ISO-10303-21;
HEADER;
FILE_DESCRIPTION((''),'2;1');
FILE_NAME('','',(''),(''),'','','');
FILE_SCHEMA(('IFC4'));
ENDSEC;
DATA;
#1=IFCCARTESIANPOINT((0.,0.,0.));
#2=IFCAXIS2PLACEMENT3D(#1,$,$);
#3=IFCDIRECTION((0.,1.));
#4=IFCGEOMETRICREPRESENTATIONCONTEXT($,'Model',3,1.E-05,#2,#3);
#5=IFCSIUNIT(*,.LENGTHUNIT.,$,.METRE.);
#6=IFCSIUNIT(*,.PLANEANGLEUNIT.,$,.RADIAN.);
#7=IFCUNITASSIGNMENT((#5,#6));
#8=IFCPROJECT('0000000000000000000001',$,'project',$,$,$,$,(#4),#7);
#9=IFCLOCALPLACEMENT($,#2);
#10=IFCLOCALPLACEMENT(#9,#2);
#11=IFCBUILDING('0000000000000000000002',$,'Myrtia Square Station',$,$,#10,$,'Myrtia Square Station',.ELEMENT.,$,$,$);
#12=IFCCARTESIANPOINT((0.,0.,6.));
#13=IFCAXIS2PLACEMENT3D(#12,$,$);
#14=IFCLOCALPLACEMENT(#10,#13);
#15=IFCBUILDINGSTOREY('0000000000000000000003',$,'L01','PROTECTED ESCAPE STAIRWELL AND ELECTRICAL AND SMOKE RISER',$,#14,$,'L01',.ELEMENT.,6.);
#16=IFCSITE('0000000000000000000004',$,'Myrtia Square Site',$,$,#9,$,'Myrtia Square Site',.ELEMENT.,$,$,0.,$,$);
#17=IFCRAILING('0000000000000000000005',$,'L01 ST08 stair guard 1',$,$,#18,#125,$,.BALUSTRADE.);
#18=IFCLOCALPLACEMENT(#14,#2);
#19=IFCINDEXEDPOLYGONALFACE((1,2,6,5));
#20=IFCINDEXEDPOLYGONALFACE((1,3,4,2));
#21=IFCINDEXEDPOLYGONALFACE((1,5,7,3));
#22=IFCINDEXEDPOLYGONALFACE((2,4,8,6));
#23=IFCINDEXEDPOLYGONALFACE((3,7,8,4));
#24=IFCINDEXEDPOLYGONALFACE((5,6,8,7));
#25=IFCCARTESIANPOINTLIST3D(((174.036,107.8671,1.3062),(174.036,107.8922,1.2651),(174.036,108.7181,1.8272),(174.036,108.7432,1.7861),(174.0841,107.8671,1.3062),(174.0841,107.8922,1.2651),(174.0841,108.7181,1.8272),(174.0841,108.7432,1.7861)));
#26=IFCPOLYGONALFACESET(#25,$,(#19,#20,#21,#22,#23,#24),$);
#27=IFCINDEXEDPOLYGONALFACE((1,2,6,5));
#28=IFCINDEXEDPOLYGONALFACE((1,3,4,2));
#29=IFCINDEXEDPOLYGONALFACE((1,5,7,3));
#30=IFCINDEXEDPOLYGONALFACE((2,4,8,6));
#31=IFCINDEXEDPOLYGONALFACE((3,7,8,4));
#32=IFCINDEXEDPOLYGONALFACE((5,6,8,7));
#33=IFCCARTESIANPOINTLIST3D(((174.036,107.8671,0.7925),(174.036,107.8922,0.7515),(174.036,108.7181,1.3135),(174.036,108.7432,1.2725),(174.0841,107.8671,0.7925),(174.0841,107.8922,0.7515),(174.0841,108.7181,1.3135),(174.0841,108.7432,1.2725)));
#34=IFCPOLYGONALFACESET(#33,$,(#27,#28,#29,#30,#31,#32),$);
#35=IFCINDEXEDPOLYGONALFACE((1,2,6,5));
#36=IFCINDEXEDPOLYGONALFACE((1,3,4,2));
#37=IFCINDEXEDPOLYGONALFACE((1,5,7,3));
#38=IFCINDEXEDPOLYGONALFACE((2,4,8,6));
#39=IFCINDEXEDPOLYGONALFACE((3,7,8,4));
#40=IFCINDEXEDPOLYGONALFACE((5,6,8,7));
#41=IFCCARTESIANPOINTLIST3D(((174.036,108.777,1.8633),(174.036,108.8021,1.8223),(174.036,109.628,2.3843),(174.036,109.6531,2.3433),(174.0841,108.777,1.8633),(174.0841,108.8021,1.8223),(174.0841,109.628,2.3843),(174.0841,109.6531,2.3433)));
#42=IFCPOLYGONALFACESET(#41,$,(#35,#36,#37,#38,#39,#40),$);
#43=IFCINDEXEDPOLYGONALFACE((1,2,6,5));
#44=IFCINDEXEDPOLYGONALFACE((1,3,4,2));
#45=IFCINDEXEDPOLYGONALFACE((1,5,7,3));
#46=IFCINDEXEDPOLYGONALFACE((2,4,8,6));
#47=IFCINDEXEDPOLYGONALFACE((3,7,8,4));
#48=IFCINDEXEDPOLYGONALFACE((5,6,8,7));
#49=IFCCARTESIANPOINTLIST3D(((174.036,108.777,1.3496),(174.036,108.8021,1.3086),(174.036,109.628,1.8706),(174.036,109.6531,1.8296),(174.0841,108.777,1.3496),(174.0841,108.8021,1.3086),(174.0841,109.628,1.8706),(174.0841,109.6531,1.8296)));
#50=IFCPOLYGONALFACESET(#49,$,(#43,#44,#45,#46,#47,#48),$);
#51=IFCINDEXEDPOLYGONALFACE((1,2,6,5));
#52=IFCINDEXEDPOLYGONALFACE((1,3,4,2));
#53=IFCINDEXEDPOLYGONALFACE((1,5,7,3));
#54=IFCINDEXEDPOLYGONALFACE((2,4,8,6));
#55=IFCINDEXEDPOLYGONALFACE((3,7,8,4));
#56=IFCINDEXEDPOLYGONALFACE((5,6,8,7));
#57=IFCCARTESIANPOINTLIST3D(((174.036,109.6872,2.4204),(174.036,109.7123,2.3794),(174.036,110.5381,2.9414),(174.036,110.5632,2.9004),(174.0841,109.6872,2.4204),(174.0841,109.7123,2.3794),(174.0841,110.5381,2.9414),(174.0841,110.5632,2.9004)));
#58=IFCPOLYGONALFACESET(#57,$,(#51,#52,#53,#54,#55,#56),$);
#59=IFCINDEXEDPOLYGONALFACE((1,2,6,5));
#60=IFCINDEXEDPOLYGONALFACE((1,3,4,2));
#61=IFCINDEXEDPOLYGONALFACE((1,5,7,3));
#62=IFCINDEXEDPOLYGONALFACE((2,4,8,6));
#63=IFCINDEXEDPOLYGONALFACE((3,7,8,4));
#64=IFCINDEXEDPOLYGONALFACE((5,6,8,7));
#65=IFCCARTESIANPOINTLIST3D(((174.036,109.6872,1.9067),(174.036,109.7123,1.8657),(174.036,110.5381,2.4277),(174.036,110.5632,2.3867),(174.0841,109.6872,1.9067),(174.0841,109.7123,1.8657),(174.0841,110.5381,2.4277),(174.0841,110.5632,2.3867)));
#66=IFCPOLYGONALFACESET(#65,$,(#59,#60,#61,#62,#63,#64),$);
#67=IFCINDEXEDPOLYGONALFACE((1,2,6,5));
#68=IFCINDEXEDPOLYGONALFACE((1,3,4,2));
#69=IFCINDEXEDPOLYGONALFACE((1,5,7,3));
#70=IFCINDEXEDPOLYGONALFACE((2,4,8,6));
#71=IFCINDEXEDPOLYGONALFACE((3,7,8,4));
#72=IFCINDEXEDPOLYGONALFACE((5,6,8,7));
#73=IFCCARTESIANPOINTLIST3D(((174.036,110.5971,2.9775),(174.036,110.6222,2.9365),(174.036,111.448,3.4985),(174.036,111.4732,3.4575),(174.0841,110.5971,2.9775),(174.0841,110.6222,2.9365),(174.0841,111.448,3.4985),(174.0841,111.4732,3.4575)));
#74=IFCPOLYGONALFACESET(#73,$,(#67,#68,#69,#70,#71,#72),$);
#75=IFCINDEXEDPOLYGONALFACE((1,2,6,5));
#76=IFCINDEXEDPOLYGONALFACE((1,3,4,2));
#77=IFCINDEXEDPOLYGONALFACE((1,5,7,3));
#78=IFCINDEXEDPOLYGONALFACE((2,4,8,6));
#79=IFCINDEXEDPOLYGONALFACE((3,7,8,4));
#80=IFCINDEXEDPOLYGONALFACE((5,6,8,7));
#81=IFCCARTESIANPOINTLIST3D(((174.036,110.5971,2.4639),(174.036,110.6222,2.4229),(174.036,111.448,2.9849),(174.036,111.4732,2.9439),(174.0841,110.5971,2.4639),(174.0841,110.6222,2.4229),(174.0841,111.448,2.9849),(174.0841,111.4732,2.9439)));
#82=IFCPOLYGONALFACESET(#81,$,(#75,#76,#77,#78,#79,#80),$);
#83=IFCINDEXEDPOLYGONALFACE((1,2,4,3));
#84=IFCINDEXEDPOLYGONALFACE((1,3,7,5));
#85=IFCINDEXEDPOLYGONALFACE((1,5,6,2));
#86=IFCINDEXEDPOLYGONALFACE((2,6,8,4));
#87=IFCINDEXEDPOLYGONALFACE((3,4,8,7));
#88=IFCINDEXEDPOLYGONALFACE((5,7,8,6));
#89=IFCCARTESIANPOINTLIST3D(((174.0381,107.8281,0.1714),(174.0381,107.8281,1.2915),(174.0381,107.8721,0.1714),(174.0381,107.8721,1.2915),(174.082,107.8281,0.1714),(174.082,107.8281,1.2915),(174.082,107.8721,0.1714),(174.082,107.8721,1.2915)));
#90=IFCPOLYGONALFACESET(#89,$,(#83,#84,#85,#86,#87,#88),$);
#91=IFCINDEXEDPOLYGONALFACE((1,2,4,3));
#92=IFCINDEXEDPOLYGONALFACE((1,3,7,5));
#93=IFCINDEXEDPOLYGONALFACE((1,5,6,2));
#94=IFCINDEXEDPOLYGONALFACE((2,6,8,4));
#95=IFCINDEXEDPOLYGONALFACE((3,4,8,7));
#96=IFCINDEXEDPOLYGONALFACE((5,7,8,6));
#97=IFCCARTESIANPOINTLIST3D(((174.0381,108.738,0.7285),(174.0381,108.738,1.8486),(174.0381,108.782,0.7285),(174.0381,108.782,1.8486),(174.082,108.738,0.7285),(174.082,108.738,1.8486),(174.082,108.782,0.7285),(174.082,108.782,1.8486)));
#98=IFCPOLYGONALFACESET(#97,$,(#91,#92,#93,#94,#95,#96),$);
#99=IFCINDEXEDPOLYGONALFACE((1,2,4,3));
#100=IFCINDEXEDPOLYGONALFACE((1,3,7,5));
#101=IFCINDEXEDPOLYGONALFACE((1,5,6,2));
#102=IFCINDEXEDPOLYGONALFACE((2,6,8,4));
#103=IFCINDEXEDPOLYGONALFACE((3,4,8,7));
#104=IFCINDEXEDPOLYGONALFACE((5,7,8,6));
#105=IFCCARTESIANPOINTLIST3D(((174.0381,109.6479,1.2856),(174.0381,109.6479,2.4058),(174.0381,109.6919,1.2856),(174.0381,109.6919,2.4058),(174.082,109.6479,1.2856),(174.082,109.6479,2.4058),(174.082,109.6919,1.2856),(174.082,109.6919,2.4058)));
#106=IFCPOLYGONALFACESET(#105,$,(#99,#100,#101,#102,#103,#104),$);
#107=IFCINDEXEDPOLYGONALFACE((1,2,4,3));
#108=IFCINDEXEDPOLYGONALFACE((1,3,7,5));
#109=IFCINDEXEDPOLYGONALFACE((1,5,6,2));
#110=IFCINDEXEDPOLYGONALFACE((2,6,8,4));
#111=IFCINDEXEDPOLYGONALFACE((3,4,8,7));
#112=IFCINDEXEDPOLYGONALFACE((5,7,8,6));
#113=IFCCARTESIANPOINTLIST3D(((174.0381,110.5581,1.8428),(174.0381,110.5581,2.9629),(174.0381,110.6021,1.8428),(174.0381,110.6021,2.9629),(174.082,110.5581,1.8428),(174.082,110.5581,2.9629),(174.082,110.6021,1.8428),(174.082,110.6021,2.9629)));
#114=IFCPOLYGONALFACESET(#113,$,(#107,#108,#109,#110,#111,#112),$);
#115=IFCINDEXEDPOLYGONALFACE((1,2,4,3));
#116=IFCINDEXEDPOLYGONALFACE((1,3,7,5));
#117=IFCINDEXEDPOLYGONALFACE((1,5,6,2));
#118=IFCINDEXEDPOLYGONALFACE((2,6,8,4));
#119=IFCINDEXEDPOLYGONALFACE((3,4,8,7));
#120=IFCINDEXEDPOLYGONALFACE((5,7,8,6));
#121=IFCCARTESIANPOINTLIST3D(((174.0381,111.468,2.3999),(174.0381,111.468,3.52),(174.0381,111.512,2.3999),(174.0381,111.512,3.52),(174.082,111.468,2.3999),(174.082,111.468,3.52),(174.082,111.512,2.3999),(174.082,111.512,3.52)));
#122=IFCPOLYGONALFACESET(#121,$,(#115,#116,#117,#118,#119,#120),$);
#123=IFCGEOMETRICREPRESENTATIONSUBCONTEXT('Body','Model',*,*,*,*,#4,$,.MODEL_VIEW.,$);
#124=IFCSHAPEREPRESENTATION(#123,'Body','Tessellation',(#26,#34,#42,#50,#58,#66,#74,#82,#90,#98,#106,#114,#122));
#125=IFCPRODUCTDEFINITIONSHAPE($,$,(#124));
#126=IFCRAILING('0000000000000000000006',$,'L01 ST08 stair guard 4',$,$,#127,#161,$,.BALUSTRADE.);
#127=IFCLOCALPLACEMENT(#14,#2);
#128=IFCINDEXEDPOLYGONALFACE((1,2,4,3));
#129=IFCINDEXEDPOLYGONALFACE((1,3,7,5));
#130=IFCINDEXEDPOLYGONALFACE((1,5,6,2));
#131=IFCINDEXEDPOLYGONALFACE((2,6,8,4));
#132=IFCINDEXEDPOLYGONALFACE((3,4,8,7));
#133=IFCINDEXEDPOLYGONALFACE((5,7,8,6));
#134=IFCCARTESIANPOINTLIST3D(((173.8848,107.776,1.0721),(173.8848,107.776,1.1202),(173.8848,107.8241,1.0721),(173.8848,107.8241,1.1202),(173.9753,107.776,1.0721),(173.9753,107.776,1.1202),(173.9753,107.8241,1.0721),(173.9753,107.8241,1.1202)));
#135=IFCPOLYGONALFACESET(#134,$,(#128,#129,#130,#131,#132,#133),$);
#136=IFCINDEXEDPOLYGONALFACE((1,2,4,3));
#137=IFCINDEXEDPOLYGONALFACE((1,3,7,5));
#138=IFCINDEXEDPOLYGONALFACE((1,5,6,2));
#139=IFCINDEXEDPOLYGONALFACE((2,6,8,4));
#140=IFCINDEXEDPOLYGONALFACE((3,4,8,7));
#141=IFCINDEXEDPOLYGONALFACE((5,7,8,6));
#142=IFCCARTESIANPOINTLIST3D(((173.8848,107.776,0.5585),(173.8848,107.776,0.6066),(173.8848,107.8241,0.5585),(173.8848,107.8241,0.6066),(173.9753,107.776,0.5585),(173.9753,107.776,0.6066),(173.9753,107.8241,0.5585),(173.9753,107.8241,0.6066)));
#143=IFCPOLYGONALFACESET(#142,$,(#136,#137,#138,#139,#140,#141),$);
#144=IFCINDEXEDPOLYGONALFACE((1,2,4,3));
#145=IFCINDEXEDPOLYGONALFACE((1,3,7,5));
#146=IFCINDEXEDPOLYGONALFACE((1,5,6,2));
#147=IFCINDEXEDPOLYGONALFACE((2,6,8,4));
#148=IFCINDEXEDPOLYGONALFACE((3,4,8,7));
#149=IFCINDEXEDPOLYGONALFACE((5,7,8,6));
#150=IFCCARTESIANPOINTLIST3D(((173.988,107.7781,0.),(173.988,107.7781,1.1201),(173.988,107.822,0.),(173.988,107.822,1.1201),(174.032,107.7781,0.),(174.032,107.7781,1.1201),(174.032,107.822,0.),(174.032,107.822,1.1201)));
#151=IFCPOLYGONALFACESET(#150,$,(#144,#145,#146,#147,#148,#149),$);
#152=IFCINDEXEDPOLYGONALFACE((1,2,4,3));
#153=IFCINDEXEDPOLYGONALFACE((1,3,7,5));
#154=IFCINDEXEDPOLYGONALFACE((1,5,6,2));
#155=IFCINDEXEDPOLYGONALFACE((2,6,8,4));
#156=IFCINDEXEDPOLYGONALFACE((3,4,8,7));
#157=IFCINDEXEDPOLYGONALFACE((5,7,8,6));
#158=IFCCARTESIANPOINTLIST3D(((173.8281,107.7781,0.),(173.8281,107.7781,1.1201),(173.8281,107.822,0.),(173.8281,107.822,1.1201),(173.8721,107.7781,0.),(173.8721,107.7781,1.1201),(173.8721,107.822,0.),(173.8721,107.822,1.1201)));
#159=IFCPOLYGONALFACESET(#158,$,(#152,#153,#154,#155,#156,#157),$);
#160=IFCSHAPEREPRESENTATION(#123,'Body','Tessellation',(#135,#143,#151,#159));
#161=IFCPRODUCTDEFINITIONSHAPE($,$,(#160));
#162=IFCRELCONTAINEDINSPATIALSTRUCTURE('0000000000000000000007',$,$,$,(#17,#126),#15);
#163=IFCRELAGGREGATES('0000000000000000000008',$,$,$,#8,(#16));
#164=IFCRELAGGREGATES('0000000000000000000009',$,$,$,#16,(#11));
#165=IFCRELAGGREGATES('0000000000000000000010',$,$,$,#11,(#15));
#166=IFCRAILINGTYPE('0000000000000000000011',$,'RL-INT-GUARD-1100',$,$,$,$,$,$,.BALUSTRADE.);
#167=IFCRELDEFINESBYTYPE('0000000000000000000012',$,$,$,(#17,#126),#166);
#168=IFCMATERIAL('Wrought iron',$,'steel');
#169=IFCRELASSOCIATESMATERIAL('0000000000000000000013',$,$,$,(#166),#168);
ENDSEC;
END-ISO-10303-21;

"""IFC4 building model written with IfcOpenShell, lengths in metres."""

from ifc_helpers import new_model, si_unit, direction, frame, origin, origin_2d, place, context, subcontext, project, spatial, rectangle, extrude, material, type_object, element, save


model = new_model("IFC4")

# Units and contexts
model_context = context("Model", 3, precision=1e-05, world=origin(), true_north=direction((0.0, 1.0)))
body_context = subcontext(model_context, "Body", "Model", "MODEL_VIEW")
ifc_project = project(units=[si_unit("LENGTHUNIT", "METRE"), si_unit("PLANEANGLEUNIT", "RADIAN")], contexts=[model_context])

# Site, building, storey
site_placement = place(None, origin())
site = spatial("IfcSite", under=ifc_project, at=site_placement, Name="Myrtia Square Site", LongName="Myrtia Square Site", CompositionType="ELEMENT", RefElevation=0.0)
building_placement = place(site_placement, origin())
building = spatial("IfcBuilding", under=site, at=building_placement, Name="Myrtia Square Station", LongName="Myrtia Square Station", CompositionType="ELEMENT")
storey_placement = place(building_placement, frame((0.0, 0.0, 6.0)))
storey = spatial("IfcBuildingStorey", under=building, at=storey_placement, Name="L01", Description="PROTECTED ESCAPE STAIRWELL AND ELECTRICAL AND SMOKE RISER", LongName="L01", CompositionType="ELEMENT", Elevation=6.0)

# Railings
ifc_material_1 = material(Name="Wrought iron", Category="steel")
railing_type_1 = type_object("IfcRailingType", Name="RL-INT-GUARD-1100", PredefinedType="BALUSTRADE", material=ifc_material_1)
railing_1_placement = place(storey_placement, frame((174.0601, 107.8501, 0.1714)))
element("IfcRailing", 1, at=railing_1_placement, inside=storey, type_object=railing_type_1, Name="L01 ST08 stair guard 1", PredefinedType="BALUSTRADE", context=body_context, shape_type="SweptSolid", body=[
    extrude(rectangle(XDim=0.0481, YDim=0.0481, at=origin_2d()), frame((0.0, 0.0295, 1.1143), z_axis=(0.0, 0.85285, 0.522156), x_axis=(-1.0, 0.0, 0.0)), (0.0, 0.0, 1.0), 0.9978),
    extrude(rectangle(XDim=0.0481, YDim=0.0481, at=origin_2d()), frame((0.0, 0.0295, 0.6006), z_axis=(0.0, 0.85285, 0.522156), x_axis=(-1.0, 0.0, 0.0)), (0.0, 0.0, 1.0), 0.9978),
    extrude(rectangle(XDim=0.0481, YDim=0.0481, at=origin_2d()), frame((0.0, 0.9395, 1.6714), z_axis=(0.0, 0.85285, 0.522156), x_axis=(-1.0, 0.0, 0.0)), (0.0, 0.0, 1.0), 0.9978),
    extrude(rectangle(XDim=0.0481, YDim=0.0481, at=origin_2d()), frame((0.0, 0.9395, 1.1577), z_axis=(0.0, 0.85285, 0.522156), x_axis=(-1.0, 0.0, 0.0)), (0.0, 0.0, 1.0), 0.9978),
    extrude(rectangle(XDim=0.0481, YDim=0.0481, at=origin_2d()), frame((0.0, 1.8496, 2.2285), z_axis=(0.0, 0.85285, 0.522156), x_axis=(-1.0, 0.0, 0.0)), (0.0, 0.0, 1.0), 0.9978),
    extrude(rectangle(XDim=0.0481, YDim=0.0481, at=origin_2d()), frame((0.0, 1.8496, 1.7148), z_axis=(0.0, 0.85285, 0.522156), x_axis=(-1.0, 0.0, 0.0)), (0.0, 0.0, 1.0), 0.9978),
    extrude(rectangle(XDim=0.0481, YDim=0.0481, at=origin_2d()), frame((0.0, 2.7595, 2.7856), z_axis=(0.0, 0.85285, 0.522156), x_axis=(-1.0, 0.0, 0.0)), (0.0, 0.0, 1.0), 0.9978),
    extrude(rectangle(XDim=0.0481, YDim=0.0481, at=origin_2d()), frame((0.0, 2.7595, 2.272), z_axis=(0.0, 0.85285, 0.522156), x_axis=(-1.0, 0.0, 0.0)), (0.0, 0.0, 1.0), 0.9978),
    extrude(rectangle(XDim=0.0439, YDim=0.0439, at=origin_2d()), origin(), (0.0, 0.0, 1.0), 1.1201),
    extrude(rectangle(XDim=0.0439, YDim=0.0439, at=origin_2d()), frame((0.0, 0.9099, 0.5571)), (0.0, 0.0, 1.0), 1.1201),
    extrude(rectangle(XDim=0.0439, YDim=0.0439, at=origin_2d()), frame((0.0, 1.8198, 1.1143)), (0.0, 0.0, 1.0), 1.1201),
    extrude(rectangle(XDim=0.0439, YDim=0.0439, at=origin_2d()), frame((0.0, 2.73, 1.6714)), (0.0, 0.0, 1.0), 1.1201),
    extrude(rectangle(XDim=0.0439, YDim=0.0439, at=origin_2d()), frame((0.0, 3.6399, 2.2285)), (0.0, 0.0, 1.0), 1.1201),
])
railing_2_placement = place(storey_placement, frame((174.01, 107.8, 0.0)))
element("IfcRailing", 2, at=railing_2_placement, inside=storey, type_object=railing_type_1, Name="L01 ST08 stair guard 4", PredefinedType="BALUSTRADE", context=body_context, shape_type="SweptSolid", body=[
    extrude(rectangle(XDim=0.0481, YDim=0.0481, at=origin_2d()), frame((-0.0347, 0.0, 1.0962), z_axis=(-1.0, 0.0, 0.0), x_axis=(0.0, -1.0, 0.0)), (0.0, 0.0, 1.0), 0.0906),
    extrude(rectangle(XDim=0.0481, YDim=0.0481, at=origin_2d()), frame((-0.0347, 0.0, 0.5825), z_axis=(-1.0, 0.0, 0.0), x_axis=(0.0, -1.0, 0.0)), (0.0, 0.0, 1.0), 0.0906),
    extrude(rectangle(XDim=0.0439, YDim=0.0439, at=origin_2d()), origin(), (0.0, 0.0, 1.0), 1.1201),
    extrude(rectangle(XDim=0.0439, YDim=0.0439, at=origin_2d()), frame((-0.1599, 0.0, 0.0)), (0.0, 0.0, 1.0), 1.1201),
])

save(model, "model.ifc")
